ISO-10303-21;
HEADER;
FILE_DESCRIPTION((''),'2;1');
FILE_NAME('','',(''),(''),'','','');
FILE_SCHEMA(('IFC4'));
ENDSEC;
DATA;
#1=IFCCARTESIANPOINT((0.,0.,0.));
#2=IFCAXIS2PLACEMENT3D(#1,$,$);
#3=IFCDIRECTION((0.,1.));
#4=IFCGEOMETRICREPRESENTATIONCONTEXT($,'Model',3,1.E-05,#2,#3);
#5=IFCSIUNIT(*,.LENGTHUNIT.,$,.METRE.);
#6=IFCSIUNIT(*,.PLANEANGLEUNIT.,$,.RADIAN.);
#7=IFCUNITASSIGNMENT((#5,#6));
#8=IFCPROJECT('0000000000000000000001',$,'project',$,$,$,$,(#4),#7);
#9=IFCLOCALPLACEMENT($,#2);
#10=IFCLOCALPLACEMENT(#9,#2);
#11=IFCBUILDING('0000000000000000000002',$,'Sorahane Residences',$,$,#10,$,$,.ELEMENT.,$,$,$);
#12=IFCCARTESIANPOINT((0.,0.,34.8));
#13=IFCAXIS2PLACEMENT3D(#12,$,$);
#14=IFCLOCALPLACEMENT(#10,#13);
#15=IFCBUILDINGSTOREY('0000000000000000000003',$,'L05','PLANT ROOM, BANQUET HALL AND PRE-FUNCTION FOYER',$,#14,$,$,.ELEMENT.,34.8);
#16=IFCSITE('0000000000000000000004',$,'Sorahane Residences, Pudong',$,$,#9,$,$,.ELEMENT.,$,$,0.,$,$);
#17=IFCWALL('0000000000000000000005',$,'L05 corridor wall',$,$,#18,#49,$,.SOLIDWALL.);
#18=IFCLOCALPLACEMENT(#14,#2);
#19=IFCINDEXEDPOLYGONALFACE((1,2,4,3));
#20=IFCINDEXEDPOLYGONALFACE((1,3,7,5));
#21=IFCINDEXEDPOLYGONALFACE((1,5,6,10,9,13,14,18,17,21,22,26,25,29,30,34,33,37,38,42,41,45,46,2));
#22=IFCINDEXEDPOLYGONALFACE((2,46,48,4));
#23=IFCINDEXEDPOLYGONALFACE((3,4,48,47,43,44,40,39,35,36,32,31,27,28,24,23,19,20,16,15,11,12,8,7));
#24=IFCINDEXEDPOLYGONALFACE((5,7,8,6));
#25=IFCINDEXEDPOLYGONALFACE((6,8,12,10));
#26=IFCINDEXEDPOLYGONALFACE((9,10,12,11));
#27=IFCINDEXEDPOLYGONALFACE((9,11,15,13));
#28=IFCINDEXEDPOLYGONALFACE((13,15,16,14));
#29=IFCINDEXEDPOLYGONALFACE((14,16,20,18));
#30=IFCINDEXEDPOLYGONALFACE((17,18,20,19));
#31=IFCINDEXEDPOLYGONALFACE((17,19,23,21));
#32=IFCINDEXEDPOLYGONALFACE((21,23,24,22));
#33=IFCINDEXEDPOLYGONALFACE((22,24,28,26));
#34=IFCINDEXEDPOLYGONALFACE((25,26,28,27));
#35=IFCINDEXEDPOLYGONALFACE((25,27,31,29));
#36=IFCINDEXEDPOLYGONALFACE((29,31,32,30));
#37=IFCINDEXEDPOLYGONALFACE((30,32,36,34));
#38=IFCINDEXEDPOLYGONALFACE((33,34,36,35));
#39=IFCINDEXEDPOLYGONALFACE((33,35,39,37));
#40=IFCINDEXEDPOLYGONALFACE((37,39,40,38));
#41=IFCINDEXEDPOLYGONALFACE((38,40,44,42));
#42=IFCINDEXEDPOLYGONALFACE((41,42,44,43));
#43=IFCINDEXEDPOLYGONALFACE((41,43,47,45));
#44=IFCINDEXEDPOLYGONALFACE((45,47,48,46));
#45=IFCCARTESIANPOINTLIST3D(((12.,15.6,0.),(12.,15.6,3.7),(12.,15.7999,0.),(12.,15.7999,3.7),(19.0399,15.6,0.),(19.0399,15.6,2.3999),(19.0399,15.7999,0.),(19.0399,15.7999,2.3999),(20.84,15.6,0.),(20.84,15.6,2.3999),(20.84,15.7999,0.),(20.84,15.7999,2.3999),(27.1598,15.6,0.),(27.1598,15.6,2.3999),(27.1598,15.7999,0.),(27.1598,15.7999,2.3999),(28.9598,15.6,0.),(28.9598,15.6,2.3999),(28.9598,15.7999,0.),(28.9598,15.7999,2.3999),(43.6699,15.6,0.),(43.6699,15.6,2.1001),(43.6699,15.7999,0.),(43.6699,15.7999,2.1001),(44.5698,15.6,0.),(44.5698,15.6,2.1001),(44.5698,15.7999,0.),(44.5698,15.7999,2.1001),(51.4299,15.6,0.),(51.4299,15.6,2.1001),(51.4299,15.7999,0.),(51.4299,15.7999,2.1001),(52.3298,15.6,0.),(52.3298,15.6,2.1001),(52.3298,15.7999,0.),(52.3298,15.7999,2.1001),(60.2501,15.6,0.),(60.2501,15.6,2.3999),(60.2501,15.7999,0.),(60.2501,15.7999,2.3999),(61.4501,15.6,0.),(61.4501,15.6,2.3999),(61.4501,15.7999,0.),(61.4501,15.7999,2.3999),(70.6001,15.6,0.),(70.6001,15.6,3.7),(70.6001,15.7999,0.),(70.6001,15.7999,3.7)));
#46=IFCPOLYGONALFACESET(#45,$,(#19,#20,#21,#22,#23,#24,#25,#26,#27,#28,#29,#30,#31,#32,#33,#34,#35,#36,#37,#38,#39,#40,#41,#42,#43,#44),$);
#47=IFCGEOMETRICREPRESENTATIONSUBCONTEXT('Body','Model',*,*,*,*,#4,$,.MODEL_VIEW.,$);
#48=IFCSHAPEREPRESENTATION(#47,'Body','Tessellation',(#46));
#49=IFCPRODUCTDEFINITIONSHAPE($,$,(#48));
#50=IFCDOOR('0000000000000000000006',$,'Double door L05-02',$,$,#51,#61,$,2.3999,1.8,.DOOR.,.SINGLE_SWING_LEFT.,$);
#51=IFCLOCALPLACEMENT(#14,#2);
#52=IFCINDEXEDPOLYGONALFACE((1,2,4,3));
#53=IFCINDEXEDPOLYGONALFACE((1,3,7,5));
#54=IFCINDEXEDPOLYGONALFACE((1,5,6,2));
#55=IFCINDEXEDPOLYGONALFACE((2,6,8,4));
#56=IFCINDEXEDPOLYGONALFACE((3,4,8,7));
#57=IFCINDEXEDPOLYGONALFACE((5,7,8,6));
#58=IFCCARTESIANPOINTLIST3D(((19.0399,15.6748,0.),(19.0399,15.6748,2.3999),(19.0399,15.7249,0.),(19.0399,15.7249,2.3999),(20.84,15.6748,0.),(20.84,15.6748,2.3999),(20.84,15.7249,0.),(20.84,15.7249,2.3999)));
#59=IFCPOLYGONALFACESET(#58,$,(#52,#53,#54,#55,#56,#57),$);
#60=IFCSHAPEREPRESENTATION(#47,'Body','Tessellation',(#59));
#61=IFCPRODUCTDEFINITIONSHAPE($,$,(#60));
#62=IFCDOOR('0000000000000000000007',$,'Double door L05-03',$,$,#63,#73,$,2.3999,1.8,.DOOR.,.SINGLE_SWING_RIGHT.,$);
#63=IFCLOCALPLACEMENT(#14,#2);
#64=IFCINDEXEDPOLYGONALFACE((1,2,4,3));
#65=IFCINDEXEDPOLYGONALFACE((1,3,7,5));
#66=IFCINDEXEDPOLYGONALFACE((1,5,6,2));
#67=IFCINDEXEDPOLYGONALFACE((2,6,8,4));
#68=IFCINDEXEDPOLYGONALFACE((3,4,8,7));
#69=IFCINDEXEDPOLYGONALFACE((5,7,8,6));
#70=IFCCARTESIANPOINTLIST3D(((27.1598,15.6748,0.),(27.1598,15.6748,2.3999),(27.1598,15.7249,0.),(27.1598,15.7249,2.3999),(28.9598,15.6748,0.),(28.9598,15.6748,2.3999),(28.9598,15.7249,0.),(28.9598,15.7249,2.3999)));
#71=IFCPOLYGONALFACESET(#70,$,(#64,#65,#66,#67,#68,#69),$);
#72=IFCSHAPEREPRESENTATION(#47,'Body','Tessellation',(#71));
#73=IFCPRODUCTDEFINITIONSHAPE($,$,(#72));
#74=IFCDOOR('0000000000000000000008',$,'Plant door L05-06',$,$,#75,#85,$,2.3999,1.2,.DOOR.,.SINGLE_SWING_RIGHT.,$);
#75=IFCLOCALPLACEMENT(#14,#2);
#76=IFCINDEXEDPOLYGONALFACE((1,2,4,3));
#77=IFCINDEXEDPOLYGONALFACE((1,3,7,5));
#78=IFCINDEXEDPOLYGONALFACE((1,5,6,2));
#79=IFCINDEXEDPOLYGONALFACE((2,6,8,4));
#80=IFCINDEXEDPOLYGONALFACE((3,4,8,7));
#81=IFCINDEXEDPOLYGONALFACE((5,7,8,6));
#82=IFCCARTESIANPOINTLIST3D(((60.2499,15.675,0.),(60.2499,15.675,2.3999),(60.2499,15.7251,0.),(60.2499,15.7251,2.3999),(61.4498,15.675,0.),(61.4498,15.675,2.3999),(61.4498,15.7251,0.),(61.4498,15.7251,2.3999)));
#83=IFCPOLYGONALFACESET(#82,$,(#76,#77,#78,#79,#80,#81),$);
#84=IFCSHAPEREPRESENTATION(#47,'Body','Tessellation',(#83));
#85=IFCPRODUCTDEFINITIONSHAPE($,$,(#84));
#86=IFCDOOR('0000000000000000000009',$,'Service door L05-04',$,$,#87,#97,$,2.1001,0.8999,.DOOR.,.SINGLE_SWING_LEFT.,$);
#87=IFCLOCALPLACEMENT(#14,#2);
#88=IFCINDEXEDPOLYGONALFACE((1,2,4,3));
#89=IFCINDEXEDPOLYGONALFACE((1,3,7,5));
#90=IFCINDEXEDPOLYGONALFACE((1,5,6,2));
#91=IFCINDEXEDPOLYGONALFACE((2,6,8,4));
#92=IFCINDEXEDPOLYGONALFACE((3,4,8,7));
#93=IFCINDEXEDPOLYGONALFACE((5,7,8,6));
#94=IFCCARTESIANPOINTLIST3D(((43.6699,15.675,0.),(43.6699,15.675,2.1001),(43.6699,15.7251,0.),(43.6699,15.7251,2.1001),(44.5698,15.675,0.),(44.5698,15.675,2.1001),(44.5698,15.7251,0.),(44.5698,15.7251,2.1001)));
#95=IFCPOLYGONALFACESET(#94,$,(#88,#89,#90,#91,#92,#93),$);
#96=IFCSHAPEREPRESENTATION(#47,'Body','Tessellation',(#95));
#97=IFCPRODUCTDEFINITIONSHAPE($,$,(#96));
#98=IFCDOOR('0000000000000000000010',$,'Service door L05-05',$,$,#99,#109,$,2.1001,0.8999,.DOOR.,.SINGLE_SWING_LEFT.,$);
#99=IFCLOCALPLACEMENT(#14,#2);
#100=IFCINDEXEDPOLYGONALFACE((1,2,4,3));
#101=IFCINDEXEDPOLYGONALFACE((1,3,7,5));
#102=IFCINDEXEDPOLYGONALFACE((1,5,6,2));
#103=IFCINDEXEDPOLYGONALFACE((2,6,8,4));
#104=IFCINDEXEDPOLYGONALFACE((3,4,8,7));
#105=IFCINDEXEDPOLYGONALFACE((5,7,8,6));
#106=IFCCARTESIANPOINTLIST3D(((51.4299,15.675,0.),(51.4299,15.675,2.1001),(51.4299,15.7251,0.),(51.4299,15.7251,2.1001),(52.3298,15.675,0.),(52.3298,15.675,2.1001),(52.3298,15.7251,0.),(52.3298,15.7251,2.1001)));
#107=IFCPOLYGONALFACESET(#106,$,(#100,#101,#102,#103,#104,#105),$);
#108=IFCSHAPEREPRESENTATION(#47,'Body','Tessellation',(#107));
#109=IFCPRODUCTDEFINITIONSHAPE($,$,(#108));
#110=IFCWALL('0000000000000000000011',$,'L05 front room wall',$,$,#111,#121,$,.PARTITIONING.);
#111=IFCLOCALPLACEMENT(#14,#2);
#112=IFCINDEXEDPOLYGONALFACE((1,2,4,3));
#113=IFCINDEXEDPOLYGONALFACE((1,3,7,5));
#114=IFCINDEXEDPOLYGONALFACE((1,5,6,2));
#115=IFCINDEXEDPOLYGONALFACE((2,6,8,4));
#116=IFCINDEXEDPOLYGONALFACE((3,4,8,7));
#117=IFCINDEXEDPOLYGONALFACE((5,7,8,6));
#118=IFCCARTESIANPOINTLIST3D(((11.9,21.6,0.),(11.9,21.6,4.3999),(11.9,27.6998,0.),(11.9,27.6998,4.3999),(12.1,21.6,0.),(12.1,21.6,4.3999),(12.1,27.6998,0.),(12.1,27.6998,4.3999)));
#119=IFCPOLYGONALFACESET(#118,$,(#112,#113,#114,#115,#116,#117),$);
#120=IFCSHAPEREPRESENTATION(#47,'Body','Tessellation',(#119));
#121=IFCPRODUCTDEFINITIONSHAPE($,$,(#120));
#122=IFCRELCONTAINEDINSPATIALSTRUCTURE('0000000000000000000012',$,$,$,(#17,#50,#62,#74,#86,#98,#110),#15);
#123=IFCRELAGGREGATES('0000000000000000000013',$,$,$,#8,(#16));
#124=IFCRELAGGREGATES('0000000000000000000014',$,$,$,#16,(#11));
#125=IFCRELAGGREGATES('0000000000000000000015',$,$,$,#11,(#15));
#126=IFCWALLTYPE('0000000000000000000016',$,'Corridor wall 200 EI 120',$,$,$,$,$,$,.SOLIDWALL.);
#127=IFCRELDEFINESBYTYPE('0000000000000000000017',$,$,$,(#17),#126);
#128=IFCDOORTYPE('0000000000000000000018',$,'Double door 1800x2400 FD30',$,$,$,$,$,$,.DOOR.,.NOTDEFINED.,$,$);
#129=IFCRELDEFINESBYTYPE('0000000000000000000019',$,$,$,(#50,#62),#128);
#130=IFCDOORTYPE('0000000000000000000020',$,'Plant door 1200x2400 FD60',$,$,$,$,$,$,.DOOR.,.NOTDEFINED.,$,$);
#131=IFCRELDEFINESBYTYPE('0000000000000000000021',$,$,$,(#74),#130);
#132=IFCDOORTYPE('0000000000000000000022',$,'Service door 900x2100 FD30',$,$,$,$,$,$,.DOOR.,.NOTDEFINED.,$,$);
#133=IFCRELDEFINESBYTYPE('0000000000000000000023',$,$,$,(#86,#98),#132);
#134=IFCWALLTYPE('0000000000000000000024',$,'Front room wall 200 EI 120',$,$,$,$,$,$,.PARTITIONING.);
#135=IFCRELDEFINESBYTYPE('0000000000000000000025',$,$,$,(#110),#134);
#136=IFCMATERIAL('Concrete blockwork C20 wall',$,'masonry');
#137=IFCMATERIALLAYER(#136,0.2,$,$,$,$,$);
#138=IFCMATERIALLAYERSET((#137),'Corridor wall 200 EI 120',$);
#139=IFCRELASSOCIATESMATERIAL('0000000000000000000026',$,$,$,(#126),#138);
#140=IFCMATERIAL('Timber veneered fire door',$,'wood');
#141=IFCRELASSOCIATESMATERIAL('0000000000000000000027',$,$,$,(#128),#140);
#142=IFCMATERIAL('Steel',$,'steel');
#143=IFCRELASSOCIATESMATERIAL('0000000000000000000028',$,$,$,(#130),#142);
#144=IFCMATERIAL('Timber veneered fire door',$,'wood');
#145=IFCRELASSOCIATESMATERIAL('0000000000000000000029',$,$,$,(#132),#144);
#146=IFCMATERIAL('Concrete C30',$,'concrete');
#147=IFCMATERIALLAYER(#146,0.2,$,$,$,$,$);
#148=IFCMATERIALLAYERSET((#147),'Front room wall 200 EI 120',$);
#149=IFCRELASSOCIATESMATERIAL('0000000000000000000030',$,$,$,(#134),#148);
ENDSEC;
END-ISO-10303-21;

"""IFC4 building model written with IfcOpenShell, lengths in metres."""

from ifc_helpers import new_model, si_unit, direction, frame, frame_2d, origin, place, context, subcontext, project, spatial, rectangle, extrude, material, layer, layer_set, type_object, element, fill, save


model = new_model("IFC4")

# Units and contexts
model_context = context("Model", 3, precision=1e-05, world=origin(), true_north=direction((0.0, 1.0)))
body_context = subcontext(model_context, "Body", "Model", "MODEL_VIEW")
ifc_project = project(units=[si_unit("LENGTHUNIT", "METRE"), si_unit("PLANEANGLEUNIT", "RADIAN")], contexts=[model_context])

# Site, building, storey
site_placement = place(None, origin())
site = spatial("IfcSite", under=ifc_project, at=site_placement, Name="Sorahane Residences, Pudong", CompositionType="ELEMENT", RefElevation=0.0)
building_placement = place(site_placement, origin())
building = spatial("IfcBuilding", under=site, at=building_placement, Name="Sorahane Residences", CompositionType="ELEMENT")
storey_placement = place(building_placement, frame((0.0, 0.0, 34.8)))
storey = spatial("IfcBuildingStorey", under=building, at=storey_placement, Name="L05", Description="PLANT ROOM, BANQUET HALL AND PRE-FUNCTION FOYER", CompositionType="ELEMENT", Elevation=34.8)

# Wall, openings, doors
ifc_material_1 = material(Name="Concrete blockwork C20 wall", Category="masonry")
ifc_layer_1 = layer(ifc_material_1, 0.2)
ifc_layer_set_1 = layer_set([ifc_layer_1], Name="Corridor wall 200 EI 120")
wall_type_1 = type_object("IfcWallType", Name="Corridor wall 200 EI 120", PredefinedType="SOLIDWALL", material=ifc_layer_set_1)
wall_1_placement = place(storey_placement, frame((12.0, 15.7, 0.0), z_axis=(0.0, 0.0, 1.0), x_axis=(1.0, 0.0, 0.0)))
wall_1 = element("IfcWall", 1, at=wall_1_placement, inside=storey, type_object=wall_type_1, Name="L05 corridor wall", PredefinedType="SOLIDWALL", context=body_context, shape_type="SweptSolid", body=[
    extrude(rectangle(XDim=58.6001, YDim=0.2, at=frame_2d((29.3, 0.0))), origin(), (0.0, 0.0, 1.0), 3.7),
])
opening_1_placement = place(wall_1_placement, frame((7.04, 0.0, 0.0)))
opening_1 = element("IfcOpeningElement", 2, at=opening_1_placement, cuts=wall_1, PredefinedType="OPENING", context=body_context, shape_type="SweptSolid", body=[
    extrude(rectangle(XDim=1.8, YDim=2.3999, at=frame_2d((0.8999, 1.2))), frame((0.0, 0.1099, 0.0), z_axis=(0.0, -1.0, 0.0), x_axis=(1.0, 0.0, 0.0)), (0.0, 0.0, 1.0), 0.22),
])
opening_2_placement = place(wall_1_placement, frame((15.1599, 0.0, 0.0)))
opening_2 = element("IfcOpeningElement", 3, at=opening_2_placement, cuts=wall_1, PredefinedType="OPENING", context=body_context, shape_type="SweptSolid", body=[
    extrude(rectangle(XDim=1.8, YDim=2.3999, at=frame_2d((0.8999, 1.2))), frame((0.0, 0.1099, 0.0), z_axis=(0.0, -1.0, 0.0), x_axis=(1.0, 0.0, 0.0)), (0.0, 0.0, 1.0), 0.22),
])
opening_3_placement = place(wall_1_placement, frame((31.6699, 0.0, 0.0)))
opening_3 = element("IfcOpeningElement", 4, at=opening_3_placement, cuts=wall_1, PredefinedType="OPENING", context=body_context, shape_type="SweptSolid", body=[
    extrude(rectangle(XDim=0.8999, YDim=2.1001, at=frame_2d((0.45, 1.05))), frame((0.0, 0.1099, 0.0), z_axis=(0.0, -1.0, 0.0), x_axis=(1.0, 0.0, 0.0)), (0.0, 0.0, 1.0), 0.22),
])
opening_4_placement = place(wall_1_placement, frame((39.4299, 0.0, 0.0)))
opening_4 = element("IfcOpeningElement", 5, at=opening_4_placement, cuts=wall_1, PredefinedType="OPENING", context=body_context, shape_type="SweptSolid", body=[
    extrude(rectangle(XDim=0.8999, YDim=2.1001, at=frame_2d((0.45, 1.05))), frame((0.0, 0.1099, 0.0), z_axis=(0.0, -1.0, 0.0), x_axis=(1.0, 0.0, 0.0)), (0.0, 0.0, 1.0), 0.22),
])
opening_5_placement = place(wall_1_placement, frame((48.25, 0.0, 0.0)))
opening_5 = element("IfcOpeningElement", 6, at=opening_5_placement, cuts=wall_1, PredefinedType="OPENING", context=body_context, shape_type="SweptSolid", body=[
    extrude(rectangle(XDim=1.2, YDim=2.3999, at=frame_2d((0.6001, 1.2))), frame((0.0, 0.1099, 0.0), z_axis=(0.0, -1.0, 0.0), x_axis=(1.0, 0.0, 0.0)), (0.0, 0.0, 1.0), 0.22),
])
ifc_material_2 = material(Name="Timber veneered fire door", Category="wood")
door_type_1 = type_object("IfcDoorType", Name="Double door 1800x2400 FD30", OperationType="NOTDEFINED", PredefinedType="DOOR", material=ifc_material_2)
door_1_placement = place(opening_1_placement, origin())
door_1 = element("IfcDoor", 7, at=door_1_placement, inside=storey, type_object=door_type_1, Name="Double door L05-02", OperationType="SINGLE_SWING_LEFT", OverallHeight=2.3999, OverallWidth=1.8, PredefinedType="DOOR", context=body_context, shape_type="SweptSolid", body=[
    extrude(rectangle(XDim=1.8, YDim=2.3999, at=frame_2d((0.8999, 1.2))), frame((0.0, 0.0249, 0.0), z_axis=(0.0, -1.0, 0.0), x_axis=(1.0, 0.0, 0.0)), (0.0, 0.0, 1.0), 0.05),
])
fill(opening_1, door_1)
door_2_placement = place(opening_2_placement, origin())
door_2 = element("IfcDoor", 8, at=door_2_placement, inside=storey, type_object=door_type_1, Name="Double door L05-03", OperationType="SINGLE_SWING_RIGHT", OverallHeight=2.3999, OverallWidth=1.8, PredefinedType="DOOR", context=body_context, shape_type="SweptSolid", body=[
    extrude(rectangle(XDim=1.8, YDim=2.3999, at=frame_2d((0.8999, 1.2))), frame((0.0, 0.0249, 0.0), z_axis=(0.0, -1.0, 0.0), x_axis=(1.0, 0.0, 0.0)), (0.0, 0.0, 1.0), 0.05),
])
fill(opening_2, door_2)
ifc_material_3 = material(Name="Steel", Category="steel")
door_type_2 = type_object("IfcDoorType", Name="Plant door 1200x2400 FD60", OperationType="NOTDEFINED", PredefinedType="DOOR", material=ifc_material_3)
door_3_placement = place(opening_5_placement, frame((1.2, 0.0, 0.0), z_axis=(0.0, 0.0, 1.0), x_axis=(-1.0, 0.0, 0.0)))
door_3 = element("IfcDoor", 9, at=door_3_placement, inside=storey, type_object=door_type_2, Name="Plant door L05-06", OperationType="SINGLE_SWING_RIGHT", OverallHeight=2.3999, OverallWidth=1.2, PredefinedType="DOOR", context=body_context, shape_type="SweptSolid", body=[
    extrude(rectangle(XDim=1.2, YDim=2.3999, at=frame_2d((0.6001, 1.2))), frame((0.0, 0.0249, 0.0), z_axis=(0.0, -1.0, 0.0), x_axis=(1.0, 0.0, 0.0)), (0.0, 0.0, 1.0), 0.05),
])
fill(opening_5, door_3)
ifc_material_4 = material(Name="Timber veneered fire door", Category="wood")
door_type_3 = type_object("IfcDoorType", Name="Service door 900x2100 FD30", OperationType="NOTDEFINED", PredefinedType="DOOR", material=ifc_material_4)
door_4_placement = place(opening_3_placement, frame((0.8999, 0.0, 0.0), z_axis=(0.0, 0.0, 1.0), x_axis=(-1.0, 0.0, 0.0)))
door_4 = element("IfcDoor", 10, at=door_4_placement, inside=storey, type_object=door_type_3, Name="Service door L05-04", OperationType="SINGLE_SWING_LEFT", OverallHeight=2.1001, OverallWidth=0.8999, PredefinedType="DOOR", context=body_context, shape_type="SweptSolid", body=[
    extrude(rectangle(XDim=0.8999, YDim=2.1001, at=frame_2d((0.45, 1.05))), frame((0.0, 0.0249, 0.0), z_axis=(0.0, -1.0, 0.0), x_axis=(1.0, 0.0, 0.0)), (0.0, 0.0, 1.0), 0.05),
])
fill(opening_3, door_4)
door_5_placement = place(opening_4_placement, frame((0.8999, 0.0, 0.0), z_axis=(0.0, 0.0, 1.0), x_axis=(-1.0, 0.0, 0.0)))
door_5 = element("IfcDoor", 11, at=door_5_placement, inside=storey, type_object=door_type_3, Name="Service door L05-05", OperationType="SINGLE_SWING_LEFT", OverallHeight=2.1001, OverallWidth=0.8999, PredefinedType="DOOR", context=body_context, shape_type="SweptSolid", body=[
    extrude(rectangle(XDim=0.8999, YDim=2.1001, at=frame_2d((0.45, 1.05))), frame((0.0, 0.0249, 0.0), z_axis=(0.0, -1.0, 0.0), x_axis=(1.0, 0.0, 0.0)), (0.0, 0.0, 1.0), 0.05),
])
fill(opening_4, door_5)

# Wall
ifc_material_5 = material(Name="Concrete C30", Category="concrete")
ifc_layer_2 = layer(ifc_material_5, 0.2)
ifc_layer_set_2 = layer_set([ifc_layer_2], Name="Front room wall 200 EI 120")
wall_type_2 = type_object("IfcWallType", Name="Front room wall 200 EI 120", PredefinedType="PARTITIONING", material=ifc_layer_set_2)
wall_2_placement = place(storey_placement, frame((12.0, 21.6001, 0.0), z_axis=(0.0, 0.0, 1.0), x_axis=(0.0, 1.0, 0.0)))
element("IfcWall", 12, at=wall_2_placement, inside=storey, type_object=wall_type_2, Name="L05 front room wall", PredefinedType="PARTITIONING", context=body_context, shape_type="SweptSolid", body=[
    extrude(rectangle(XDim=6.0999, YDim=0.2, at=frame_2d((3.0498, 0.0))), origin(), (0.0, 0.0, 1.0), 4.3999),
])

save(model, "model.ifc")
